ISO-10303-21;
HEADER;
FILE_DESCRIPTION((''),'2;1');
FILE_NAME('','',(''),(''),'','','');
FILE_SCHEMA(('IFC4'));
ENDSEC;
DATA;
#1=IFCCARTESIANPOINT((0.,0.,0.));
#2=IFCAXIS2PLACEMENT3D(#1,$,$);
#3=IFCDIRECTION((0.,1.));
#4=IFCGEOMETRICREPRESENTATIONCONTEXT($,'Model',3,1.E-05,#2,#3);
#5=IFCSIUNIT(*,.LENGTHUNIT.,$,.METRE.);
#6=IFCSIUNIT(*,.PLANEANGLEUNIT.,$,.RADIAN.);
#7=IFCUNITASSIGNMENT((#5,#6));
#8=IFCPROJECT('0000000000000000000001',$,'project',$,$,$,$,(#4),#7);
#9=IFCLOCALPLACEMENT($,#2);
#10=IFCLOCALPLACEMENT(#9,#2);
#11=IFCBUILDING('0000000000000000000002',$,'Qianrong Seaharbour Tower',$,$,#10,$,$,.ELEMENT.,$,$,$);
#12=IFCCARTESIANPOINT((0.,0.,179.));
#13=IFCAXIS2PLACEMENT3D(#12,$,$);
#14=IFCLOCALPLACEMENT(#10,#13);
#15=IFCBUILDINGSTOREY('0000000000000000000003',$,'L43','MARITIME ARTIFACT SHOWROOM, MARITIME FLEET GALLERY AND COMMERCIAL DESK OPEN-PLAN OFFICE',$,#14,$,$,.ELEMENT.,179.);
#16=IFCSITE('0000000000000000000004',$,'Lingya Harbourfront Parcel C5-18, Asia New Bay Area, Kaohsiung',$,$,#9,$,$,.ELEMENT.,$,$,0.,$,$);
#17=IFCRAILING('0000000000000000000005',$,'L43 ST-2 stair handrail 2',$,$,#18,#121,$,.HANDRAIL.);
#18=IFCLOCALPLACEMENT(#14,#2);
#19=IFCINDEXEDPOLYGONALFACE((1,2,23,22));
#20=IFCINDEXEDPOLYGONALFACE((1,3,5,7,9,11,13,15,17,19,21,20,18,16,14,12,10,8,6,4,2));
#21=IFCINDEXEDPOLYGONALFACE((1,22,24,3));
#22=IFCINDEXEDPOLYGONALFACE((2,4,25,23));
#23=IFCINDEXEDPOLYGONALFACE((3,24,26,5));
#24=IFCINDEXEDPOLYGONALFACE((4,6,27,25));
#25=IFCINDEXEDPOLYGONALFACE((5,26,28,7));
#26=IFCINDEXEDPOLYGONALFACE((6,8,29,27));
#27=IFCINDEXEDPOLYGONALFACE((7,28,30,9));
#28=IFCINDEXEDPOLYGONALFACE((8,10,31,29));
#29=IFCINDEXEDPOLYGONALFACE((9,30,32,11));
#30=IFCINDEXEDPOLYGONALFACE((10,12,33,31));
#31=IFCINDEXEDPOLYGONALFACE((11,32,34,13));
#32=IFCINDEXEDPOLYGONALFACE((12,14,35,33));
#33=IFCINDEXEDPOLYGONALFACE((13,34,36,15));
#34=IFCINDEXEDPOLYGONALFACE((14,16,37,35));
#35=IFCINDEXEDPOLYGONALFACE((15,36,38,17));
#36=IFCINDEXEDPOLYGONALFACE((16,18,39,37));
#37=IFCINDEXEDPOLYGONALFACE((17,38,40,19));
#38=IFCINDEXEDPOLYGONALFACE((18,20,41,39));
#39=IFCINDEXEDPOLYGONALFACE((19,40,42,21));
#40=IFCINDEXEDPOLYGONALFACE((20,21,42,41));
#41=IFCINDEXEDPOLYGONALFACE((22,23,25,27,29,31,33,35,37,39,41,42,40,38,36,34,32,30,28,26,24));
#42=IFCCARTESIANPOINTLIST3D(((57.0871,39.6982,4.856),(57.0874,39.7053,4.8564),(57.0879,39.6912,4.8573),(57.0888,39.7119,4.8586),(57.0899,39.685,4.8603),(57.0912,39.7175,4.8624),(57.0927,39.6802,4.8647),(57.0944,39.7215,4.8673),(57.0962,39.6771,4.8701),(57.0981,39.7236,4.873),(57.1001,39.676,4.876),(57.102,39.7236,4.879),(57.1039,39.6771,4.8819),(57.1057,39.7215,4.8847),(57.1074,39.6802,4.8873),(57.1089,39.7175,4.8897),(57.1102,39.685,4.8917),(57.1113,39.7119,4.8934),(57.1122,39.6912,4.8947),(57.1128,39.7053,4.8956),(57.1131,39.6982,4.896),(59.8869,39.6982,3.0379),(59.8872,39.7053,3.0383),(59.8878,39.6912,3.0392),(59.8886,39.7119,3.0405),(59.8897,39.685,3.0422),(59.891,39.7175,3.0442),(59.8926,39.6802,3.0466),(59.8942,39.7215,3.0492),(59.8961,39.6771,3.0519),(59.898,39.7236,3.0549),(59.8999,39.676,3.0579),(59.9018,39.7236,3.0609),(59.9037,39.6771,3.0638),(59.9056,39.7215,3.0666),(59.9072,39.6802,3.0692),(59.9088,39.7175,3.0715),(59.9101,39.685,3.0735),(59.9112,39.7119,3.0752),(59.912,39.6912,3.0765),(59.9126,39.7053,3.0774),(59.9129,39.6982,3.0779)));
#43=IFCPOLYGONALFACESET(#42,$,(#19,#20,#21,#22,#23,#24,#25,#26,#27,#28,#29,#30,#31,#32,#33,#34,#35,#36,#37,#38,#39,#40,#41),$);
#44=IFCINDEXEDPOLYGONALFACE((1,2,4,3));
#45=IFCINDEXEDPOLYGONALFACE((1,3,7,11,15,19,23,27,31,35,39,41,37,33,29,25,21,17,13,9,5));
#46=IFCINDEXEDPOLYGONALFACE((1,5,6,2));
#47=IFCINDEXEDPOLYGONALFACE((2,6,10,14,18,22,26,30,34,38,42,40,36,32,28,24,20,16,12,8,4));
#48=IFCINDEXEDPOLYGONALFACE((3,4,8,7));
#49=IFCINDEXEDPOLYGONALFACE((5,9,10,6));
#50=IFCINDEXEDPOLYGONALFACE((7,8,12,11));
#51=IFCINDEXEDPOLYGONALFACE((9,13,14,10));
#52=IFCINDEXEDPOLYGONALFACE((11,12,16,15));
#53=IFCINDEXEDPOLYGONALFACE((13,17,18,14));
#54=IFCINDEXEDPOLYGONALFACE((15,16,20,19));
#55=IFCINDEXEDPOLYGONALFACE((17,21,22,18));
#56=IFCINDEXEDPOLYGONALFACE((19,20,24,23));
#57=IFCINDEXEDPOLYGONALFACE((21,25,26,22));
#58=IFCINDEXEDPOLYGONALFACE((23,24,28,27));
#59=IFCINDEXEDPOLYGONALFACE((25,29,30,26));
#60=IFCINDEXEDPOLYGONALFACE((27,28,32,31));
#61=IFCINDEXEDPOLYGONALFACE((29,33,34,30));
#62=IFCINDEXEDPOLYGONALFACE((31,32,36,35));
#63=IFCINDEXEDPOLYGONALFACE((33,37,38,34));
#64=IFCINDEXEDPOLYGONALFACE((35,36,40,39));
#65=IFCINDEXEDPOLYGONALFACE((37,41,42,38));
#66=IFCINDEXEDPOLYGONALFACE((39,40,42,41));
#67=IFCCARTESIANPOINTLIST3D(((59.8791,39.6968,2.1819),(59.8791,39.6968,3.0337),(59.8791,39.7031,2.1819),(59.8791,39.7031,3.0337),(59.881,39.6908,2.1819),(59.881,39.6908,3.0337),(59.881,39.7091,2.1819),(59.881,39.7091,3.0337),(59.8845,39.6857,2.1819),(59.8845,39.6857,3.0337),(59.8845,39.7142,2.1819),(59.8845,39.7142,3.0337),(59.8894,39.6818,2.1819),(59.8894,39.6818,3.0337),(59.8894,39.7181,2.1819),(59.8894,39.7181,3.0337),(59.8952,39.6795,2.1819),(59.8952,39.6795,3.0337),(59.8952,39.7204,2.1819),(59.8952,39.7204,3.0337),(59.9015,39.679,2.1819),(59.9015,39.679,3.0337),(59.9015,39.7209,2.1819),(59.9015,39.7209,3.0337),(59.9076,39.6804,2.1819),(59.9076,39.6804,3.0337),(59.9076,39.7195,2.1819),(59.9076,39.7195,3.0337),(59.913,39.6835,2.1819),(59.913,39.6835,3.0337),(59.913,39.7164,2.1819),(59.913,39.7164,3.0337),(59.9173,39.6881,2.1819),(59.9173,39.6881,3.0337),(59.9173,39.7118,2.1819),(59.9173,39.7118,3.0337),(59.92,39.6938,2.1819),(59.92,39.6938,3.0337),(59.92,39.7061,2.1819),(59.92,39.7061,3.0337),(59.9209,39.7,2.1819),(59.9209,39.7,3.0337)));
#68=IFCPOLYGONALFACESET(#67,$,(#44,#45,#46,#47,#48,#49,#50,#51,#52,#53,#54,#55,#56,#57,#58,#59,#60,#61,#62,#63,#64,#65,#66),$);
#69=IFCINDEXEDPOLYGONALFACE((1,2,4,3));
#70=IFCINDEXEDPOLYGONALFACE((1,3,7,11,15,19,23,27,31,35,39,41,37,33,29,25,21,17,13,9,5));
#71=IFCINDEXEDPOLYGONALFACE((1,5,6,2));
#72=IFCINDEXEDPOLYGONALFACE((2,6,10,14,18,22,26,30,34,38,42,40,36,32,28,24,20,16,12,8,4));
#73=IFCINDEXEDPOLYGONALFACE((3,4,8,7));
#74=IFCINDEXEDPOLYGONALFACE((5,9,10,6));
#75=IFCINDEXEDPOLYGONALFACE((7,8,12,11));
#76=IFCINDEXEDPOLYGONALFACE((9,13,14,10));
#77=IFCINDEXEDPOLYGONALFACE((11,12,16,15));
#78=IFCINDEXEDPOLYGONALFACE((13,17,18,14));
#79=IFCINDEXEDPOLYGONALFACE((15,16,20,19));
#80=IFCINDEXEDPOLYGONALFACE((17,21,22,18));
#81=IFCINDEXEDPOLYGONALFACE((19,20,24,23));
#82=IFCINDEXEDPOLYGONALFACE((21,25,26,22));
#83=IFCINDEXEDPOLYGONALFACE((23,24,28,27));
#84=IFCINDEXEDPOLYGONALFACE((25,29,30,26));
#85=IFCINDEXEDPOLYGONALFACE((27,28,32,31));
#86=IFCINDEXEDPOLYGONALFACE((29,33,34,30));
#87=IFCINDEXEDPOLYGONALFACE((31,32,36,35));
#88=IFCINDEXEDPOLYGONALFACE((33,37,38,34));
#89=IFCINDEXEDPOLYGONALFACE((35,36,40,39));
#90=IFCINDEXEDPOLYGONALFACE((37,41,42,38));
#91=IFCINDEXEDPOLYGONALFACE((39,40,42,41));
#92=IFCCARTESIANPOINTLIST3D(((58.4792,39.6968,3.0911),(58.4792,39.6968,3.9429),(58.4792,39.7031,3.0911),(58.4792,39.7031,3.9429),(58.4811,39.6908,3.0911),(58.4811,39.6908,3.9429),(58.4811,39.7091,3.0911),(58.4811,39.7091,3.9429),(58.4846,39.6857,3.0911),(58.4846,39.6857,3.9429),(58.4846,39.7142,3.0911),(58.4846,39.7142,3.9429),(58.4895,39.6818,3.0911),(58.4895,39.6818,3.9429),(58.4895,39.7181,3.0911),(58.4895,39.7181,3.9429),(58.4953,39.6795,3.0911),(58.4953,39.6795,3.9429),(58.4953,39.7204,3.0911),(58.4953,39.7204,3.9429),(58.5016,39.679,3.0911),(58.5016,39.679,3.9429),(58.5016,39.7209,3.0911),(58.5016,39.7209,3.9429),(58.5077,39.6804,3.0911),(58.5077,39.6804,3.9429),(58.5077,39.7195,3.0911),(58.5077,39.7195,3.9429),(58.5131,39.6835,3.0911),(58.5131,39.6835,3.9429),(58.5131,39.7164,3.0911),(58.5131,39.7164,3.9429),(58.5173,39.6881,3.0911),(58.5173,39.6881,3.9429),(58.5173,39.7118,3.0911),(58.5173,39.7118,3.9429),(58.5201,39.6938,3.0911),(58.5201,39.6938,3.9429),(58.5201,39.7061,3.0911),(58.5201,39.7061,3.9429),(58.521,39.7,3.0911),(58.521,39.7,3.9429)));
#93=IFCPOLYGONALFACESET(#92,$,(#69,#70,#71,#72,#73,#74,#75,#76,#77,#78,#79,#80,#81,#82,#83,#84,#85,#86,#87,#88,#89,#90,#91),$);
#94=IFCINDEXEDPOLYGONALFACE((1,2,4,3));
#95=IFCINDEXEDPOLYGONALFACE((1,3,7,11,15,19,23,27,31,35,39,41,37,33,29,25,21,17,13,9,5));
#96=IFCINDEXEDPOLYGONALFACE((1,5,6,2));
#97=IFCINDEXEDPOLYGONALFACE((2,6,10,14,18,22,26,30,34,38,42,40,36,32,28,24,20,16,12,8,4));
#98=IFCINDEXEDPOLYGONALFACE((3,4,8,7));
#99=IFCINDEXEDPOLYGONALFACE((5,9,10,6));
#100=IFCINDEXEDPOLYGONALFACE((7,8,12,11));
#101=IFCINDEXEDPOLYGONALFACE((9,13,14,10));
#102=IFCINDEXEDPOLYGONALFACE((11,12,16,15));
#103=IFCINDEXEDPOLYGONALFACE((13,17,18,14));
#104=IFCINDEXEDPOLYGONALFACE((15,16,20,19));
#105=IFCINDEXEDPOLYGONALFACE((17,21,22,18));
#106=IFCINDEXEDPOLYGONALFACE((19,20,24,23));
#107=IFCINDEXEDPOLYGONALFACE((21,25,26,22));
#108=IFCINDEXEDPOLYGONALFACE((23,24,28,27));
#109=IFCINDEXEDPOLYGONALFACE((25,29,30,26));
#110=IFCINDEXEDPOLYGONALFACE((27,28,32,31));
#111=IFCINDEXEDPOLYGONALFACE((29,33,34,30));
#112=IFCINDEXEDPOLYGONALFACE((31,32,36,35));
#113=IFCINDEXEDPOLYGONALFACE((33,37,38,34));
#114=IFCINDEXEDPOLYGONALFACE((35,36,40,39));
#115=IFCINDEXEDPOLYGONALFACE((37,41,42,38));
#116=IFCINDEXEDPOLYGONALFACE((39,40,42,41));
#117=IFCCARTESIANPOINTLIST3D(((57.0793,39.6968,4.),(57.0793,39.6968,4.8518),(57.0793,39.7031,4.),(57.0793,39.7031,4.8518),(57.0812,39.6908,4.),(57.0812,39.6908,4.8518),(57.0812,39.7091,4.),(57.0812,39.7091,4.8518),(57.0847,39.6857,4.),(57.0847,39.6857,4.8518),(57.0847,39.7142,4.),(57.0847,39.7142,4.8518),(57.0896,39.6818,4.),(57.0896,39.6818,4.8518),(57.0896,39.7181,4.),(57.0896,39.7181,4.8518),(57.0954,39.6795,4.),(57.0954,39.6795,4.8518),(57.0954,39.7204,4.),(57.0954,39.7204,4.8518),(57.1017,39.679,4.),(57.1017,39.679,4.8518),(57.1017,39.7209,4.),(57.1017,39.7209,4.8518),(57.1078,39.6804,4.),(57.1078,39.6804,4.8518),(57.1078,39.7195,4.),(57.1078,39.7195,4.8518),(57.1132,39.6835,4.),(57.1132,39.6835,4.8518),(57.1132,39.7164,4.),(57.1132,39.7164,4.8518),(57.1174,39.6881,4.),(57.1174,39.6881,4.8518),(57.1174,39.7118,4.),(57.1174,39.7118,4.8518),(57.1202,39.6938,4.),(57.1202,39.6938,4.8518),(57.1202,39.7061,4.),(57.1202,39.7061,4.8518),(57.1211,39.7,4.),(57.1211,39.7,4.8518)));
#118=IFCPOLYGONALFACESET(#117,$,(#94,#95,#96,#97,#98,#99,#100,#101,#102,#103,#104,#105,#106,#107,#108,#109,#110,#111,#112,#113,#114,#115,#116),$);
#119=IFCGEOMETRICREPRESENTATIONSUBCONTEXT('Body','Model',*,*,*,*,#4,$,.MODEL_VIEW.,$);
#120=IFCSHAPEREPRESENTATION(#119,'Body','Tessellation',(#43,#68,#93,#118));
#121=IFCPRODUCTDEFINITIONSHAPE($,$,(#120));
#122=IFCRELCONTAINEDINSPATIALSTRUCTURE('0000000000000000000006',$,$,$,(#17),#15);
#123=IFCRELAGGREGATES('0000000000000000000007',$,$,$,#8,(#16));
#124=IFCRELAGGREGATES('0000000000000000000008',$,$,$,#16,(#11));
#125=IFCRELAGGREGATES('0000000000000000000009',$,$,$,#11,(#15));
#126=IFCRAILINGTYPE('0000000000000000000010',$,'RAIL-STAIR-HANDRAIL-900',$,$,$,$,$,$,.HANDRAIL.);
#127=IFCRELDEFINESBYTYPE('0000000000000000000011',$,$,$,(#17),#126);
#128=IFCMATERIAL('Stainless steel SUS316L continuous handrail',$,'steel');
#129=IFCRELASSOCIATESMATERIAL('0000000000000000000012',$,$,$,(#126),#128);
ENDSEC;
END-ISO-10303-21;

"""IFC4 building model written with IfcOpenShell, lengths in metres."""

from ifc_helpers import new_model, si_unit, direction, frame, origin, origin_2d, place, context, subcontext, project, spatial, circle, extrude, material, type_object, element, save


model = new_model("IFC4")

# Units and contexts
model_context = context("Model", 3, precision=1e-05, world=origin(), true_north=direction((0.0, 1.0)))
body_context = subcontext(model_context, "Body", "Model", "MODEL_VIEW")
ifc_project = project(units=[si_unit("LENGTHUNIT", "METRE"), si_unit("PLANEANGLEUNIT", "RADIAN")], contexts=[model_context])

# Site, building, storey
site_placement = place(None, origin())
site = spatial("IfcSite", under=ifc_project, at=site_placement, Name="Lingya Harbourfront Parcel C5-18, Asia New Bay Area, Kaohsiung", CompositionType="ELEMENT", RefElevation=0.0)
building_placement = place(site_placement, origin())
building = spatial("IfcBuilding", under=site, at=building_placement, Name="Qianrong Seaharbour Tower", CompositionType="ELEMENT")
storey_placement = place(building_placement, frame((0.0, 0.0, 179.0)))
storey = spatial("IfcBuildingStorey", under=building, at=storey_placement, Name="L43", Description="MARITIME ARTIFACT SHOWROOM, MARITIME FLEET GALLERY AND COMMERCIAL DESK OPEN-PLAN OFFICE", CompositionType="ELEMENT", Elevation=179.0)

# Railing
ifc_material_1 = material(Name="Stainless steel SUS316L continuous handrail", Category="steel")
railing_type_1 = type_object("IfcRailingType", Name="RAIL-STAIR-HANDRAIL-900", PredefinedType="HANDRAIL", material=ifc_material_1)
railing_1_placement = place(storey_placement, frame((59.8999, 39.7, 2.1819)))
element("IfcRailing", 1, at=railing_1_placement, inside=storey, type_object=railing_type_1, Name="L43 ST-2 stair handrail 2", PredefinedType="HANDRAIL", context=body_context, shape_type="SweptSolid", body=[
    extrude(circle(Radius=0.0239, at=origin_2d()), frame((0.0, 0.0, 0.876), z_axis=(-0.838684, 0.0, 0.544618), x_axis=(0.0, -1.0, 0.0)), (0.0, 0.0, 1.0), 3.3384),
    extrude(circle(Radius=0.021, at=origin_2d()), origin(), (0.0, 0.0, 1.0), 0.8518),
    extrude(circle(Radius=0.021, at=origin_2d()), frame((-1.3999, 0.0, 0.9092)), (0.0, 0.0, 1.0), 0.8518),
    extrude(circle(Radius=0.021, at=origin_2d()), frame((-2.7998, 0.0, 1.8181)), (0.0, 0.0, 1.0), 0.8518),
])

save(model, "model.ifc")
